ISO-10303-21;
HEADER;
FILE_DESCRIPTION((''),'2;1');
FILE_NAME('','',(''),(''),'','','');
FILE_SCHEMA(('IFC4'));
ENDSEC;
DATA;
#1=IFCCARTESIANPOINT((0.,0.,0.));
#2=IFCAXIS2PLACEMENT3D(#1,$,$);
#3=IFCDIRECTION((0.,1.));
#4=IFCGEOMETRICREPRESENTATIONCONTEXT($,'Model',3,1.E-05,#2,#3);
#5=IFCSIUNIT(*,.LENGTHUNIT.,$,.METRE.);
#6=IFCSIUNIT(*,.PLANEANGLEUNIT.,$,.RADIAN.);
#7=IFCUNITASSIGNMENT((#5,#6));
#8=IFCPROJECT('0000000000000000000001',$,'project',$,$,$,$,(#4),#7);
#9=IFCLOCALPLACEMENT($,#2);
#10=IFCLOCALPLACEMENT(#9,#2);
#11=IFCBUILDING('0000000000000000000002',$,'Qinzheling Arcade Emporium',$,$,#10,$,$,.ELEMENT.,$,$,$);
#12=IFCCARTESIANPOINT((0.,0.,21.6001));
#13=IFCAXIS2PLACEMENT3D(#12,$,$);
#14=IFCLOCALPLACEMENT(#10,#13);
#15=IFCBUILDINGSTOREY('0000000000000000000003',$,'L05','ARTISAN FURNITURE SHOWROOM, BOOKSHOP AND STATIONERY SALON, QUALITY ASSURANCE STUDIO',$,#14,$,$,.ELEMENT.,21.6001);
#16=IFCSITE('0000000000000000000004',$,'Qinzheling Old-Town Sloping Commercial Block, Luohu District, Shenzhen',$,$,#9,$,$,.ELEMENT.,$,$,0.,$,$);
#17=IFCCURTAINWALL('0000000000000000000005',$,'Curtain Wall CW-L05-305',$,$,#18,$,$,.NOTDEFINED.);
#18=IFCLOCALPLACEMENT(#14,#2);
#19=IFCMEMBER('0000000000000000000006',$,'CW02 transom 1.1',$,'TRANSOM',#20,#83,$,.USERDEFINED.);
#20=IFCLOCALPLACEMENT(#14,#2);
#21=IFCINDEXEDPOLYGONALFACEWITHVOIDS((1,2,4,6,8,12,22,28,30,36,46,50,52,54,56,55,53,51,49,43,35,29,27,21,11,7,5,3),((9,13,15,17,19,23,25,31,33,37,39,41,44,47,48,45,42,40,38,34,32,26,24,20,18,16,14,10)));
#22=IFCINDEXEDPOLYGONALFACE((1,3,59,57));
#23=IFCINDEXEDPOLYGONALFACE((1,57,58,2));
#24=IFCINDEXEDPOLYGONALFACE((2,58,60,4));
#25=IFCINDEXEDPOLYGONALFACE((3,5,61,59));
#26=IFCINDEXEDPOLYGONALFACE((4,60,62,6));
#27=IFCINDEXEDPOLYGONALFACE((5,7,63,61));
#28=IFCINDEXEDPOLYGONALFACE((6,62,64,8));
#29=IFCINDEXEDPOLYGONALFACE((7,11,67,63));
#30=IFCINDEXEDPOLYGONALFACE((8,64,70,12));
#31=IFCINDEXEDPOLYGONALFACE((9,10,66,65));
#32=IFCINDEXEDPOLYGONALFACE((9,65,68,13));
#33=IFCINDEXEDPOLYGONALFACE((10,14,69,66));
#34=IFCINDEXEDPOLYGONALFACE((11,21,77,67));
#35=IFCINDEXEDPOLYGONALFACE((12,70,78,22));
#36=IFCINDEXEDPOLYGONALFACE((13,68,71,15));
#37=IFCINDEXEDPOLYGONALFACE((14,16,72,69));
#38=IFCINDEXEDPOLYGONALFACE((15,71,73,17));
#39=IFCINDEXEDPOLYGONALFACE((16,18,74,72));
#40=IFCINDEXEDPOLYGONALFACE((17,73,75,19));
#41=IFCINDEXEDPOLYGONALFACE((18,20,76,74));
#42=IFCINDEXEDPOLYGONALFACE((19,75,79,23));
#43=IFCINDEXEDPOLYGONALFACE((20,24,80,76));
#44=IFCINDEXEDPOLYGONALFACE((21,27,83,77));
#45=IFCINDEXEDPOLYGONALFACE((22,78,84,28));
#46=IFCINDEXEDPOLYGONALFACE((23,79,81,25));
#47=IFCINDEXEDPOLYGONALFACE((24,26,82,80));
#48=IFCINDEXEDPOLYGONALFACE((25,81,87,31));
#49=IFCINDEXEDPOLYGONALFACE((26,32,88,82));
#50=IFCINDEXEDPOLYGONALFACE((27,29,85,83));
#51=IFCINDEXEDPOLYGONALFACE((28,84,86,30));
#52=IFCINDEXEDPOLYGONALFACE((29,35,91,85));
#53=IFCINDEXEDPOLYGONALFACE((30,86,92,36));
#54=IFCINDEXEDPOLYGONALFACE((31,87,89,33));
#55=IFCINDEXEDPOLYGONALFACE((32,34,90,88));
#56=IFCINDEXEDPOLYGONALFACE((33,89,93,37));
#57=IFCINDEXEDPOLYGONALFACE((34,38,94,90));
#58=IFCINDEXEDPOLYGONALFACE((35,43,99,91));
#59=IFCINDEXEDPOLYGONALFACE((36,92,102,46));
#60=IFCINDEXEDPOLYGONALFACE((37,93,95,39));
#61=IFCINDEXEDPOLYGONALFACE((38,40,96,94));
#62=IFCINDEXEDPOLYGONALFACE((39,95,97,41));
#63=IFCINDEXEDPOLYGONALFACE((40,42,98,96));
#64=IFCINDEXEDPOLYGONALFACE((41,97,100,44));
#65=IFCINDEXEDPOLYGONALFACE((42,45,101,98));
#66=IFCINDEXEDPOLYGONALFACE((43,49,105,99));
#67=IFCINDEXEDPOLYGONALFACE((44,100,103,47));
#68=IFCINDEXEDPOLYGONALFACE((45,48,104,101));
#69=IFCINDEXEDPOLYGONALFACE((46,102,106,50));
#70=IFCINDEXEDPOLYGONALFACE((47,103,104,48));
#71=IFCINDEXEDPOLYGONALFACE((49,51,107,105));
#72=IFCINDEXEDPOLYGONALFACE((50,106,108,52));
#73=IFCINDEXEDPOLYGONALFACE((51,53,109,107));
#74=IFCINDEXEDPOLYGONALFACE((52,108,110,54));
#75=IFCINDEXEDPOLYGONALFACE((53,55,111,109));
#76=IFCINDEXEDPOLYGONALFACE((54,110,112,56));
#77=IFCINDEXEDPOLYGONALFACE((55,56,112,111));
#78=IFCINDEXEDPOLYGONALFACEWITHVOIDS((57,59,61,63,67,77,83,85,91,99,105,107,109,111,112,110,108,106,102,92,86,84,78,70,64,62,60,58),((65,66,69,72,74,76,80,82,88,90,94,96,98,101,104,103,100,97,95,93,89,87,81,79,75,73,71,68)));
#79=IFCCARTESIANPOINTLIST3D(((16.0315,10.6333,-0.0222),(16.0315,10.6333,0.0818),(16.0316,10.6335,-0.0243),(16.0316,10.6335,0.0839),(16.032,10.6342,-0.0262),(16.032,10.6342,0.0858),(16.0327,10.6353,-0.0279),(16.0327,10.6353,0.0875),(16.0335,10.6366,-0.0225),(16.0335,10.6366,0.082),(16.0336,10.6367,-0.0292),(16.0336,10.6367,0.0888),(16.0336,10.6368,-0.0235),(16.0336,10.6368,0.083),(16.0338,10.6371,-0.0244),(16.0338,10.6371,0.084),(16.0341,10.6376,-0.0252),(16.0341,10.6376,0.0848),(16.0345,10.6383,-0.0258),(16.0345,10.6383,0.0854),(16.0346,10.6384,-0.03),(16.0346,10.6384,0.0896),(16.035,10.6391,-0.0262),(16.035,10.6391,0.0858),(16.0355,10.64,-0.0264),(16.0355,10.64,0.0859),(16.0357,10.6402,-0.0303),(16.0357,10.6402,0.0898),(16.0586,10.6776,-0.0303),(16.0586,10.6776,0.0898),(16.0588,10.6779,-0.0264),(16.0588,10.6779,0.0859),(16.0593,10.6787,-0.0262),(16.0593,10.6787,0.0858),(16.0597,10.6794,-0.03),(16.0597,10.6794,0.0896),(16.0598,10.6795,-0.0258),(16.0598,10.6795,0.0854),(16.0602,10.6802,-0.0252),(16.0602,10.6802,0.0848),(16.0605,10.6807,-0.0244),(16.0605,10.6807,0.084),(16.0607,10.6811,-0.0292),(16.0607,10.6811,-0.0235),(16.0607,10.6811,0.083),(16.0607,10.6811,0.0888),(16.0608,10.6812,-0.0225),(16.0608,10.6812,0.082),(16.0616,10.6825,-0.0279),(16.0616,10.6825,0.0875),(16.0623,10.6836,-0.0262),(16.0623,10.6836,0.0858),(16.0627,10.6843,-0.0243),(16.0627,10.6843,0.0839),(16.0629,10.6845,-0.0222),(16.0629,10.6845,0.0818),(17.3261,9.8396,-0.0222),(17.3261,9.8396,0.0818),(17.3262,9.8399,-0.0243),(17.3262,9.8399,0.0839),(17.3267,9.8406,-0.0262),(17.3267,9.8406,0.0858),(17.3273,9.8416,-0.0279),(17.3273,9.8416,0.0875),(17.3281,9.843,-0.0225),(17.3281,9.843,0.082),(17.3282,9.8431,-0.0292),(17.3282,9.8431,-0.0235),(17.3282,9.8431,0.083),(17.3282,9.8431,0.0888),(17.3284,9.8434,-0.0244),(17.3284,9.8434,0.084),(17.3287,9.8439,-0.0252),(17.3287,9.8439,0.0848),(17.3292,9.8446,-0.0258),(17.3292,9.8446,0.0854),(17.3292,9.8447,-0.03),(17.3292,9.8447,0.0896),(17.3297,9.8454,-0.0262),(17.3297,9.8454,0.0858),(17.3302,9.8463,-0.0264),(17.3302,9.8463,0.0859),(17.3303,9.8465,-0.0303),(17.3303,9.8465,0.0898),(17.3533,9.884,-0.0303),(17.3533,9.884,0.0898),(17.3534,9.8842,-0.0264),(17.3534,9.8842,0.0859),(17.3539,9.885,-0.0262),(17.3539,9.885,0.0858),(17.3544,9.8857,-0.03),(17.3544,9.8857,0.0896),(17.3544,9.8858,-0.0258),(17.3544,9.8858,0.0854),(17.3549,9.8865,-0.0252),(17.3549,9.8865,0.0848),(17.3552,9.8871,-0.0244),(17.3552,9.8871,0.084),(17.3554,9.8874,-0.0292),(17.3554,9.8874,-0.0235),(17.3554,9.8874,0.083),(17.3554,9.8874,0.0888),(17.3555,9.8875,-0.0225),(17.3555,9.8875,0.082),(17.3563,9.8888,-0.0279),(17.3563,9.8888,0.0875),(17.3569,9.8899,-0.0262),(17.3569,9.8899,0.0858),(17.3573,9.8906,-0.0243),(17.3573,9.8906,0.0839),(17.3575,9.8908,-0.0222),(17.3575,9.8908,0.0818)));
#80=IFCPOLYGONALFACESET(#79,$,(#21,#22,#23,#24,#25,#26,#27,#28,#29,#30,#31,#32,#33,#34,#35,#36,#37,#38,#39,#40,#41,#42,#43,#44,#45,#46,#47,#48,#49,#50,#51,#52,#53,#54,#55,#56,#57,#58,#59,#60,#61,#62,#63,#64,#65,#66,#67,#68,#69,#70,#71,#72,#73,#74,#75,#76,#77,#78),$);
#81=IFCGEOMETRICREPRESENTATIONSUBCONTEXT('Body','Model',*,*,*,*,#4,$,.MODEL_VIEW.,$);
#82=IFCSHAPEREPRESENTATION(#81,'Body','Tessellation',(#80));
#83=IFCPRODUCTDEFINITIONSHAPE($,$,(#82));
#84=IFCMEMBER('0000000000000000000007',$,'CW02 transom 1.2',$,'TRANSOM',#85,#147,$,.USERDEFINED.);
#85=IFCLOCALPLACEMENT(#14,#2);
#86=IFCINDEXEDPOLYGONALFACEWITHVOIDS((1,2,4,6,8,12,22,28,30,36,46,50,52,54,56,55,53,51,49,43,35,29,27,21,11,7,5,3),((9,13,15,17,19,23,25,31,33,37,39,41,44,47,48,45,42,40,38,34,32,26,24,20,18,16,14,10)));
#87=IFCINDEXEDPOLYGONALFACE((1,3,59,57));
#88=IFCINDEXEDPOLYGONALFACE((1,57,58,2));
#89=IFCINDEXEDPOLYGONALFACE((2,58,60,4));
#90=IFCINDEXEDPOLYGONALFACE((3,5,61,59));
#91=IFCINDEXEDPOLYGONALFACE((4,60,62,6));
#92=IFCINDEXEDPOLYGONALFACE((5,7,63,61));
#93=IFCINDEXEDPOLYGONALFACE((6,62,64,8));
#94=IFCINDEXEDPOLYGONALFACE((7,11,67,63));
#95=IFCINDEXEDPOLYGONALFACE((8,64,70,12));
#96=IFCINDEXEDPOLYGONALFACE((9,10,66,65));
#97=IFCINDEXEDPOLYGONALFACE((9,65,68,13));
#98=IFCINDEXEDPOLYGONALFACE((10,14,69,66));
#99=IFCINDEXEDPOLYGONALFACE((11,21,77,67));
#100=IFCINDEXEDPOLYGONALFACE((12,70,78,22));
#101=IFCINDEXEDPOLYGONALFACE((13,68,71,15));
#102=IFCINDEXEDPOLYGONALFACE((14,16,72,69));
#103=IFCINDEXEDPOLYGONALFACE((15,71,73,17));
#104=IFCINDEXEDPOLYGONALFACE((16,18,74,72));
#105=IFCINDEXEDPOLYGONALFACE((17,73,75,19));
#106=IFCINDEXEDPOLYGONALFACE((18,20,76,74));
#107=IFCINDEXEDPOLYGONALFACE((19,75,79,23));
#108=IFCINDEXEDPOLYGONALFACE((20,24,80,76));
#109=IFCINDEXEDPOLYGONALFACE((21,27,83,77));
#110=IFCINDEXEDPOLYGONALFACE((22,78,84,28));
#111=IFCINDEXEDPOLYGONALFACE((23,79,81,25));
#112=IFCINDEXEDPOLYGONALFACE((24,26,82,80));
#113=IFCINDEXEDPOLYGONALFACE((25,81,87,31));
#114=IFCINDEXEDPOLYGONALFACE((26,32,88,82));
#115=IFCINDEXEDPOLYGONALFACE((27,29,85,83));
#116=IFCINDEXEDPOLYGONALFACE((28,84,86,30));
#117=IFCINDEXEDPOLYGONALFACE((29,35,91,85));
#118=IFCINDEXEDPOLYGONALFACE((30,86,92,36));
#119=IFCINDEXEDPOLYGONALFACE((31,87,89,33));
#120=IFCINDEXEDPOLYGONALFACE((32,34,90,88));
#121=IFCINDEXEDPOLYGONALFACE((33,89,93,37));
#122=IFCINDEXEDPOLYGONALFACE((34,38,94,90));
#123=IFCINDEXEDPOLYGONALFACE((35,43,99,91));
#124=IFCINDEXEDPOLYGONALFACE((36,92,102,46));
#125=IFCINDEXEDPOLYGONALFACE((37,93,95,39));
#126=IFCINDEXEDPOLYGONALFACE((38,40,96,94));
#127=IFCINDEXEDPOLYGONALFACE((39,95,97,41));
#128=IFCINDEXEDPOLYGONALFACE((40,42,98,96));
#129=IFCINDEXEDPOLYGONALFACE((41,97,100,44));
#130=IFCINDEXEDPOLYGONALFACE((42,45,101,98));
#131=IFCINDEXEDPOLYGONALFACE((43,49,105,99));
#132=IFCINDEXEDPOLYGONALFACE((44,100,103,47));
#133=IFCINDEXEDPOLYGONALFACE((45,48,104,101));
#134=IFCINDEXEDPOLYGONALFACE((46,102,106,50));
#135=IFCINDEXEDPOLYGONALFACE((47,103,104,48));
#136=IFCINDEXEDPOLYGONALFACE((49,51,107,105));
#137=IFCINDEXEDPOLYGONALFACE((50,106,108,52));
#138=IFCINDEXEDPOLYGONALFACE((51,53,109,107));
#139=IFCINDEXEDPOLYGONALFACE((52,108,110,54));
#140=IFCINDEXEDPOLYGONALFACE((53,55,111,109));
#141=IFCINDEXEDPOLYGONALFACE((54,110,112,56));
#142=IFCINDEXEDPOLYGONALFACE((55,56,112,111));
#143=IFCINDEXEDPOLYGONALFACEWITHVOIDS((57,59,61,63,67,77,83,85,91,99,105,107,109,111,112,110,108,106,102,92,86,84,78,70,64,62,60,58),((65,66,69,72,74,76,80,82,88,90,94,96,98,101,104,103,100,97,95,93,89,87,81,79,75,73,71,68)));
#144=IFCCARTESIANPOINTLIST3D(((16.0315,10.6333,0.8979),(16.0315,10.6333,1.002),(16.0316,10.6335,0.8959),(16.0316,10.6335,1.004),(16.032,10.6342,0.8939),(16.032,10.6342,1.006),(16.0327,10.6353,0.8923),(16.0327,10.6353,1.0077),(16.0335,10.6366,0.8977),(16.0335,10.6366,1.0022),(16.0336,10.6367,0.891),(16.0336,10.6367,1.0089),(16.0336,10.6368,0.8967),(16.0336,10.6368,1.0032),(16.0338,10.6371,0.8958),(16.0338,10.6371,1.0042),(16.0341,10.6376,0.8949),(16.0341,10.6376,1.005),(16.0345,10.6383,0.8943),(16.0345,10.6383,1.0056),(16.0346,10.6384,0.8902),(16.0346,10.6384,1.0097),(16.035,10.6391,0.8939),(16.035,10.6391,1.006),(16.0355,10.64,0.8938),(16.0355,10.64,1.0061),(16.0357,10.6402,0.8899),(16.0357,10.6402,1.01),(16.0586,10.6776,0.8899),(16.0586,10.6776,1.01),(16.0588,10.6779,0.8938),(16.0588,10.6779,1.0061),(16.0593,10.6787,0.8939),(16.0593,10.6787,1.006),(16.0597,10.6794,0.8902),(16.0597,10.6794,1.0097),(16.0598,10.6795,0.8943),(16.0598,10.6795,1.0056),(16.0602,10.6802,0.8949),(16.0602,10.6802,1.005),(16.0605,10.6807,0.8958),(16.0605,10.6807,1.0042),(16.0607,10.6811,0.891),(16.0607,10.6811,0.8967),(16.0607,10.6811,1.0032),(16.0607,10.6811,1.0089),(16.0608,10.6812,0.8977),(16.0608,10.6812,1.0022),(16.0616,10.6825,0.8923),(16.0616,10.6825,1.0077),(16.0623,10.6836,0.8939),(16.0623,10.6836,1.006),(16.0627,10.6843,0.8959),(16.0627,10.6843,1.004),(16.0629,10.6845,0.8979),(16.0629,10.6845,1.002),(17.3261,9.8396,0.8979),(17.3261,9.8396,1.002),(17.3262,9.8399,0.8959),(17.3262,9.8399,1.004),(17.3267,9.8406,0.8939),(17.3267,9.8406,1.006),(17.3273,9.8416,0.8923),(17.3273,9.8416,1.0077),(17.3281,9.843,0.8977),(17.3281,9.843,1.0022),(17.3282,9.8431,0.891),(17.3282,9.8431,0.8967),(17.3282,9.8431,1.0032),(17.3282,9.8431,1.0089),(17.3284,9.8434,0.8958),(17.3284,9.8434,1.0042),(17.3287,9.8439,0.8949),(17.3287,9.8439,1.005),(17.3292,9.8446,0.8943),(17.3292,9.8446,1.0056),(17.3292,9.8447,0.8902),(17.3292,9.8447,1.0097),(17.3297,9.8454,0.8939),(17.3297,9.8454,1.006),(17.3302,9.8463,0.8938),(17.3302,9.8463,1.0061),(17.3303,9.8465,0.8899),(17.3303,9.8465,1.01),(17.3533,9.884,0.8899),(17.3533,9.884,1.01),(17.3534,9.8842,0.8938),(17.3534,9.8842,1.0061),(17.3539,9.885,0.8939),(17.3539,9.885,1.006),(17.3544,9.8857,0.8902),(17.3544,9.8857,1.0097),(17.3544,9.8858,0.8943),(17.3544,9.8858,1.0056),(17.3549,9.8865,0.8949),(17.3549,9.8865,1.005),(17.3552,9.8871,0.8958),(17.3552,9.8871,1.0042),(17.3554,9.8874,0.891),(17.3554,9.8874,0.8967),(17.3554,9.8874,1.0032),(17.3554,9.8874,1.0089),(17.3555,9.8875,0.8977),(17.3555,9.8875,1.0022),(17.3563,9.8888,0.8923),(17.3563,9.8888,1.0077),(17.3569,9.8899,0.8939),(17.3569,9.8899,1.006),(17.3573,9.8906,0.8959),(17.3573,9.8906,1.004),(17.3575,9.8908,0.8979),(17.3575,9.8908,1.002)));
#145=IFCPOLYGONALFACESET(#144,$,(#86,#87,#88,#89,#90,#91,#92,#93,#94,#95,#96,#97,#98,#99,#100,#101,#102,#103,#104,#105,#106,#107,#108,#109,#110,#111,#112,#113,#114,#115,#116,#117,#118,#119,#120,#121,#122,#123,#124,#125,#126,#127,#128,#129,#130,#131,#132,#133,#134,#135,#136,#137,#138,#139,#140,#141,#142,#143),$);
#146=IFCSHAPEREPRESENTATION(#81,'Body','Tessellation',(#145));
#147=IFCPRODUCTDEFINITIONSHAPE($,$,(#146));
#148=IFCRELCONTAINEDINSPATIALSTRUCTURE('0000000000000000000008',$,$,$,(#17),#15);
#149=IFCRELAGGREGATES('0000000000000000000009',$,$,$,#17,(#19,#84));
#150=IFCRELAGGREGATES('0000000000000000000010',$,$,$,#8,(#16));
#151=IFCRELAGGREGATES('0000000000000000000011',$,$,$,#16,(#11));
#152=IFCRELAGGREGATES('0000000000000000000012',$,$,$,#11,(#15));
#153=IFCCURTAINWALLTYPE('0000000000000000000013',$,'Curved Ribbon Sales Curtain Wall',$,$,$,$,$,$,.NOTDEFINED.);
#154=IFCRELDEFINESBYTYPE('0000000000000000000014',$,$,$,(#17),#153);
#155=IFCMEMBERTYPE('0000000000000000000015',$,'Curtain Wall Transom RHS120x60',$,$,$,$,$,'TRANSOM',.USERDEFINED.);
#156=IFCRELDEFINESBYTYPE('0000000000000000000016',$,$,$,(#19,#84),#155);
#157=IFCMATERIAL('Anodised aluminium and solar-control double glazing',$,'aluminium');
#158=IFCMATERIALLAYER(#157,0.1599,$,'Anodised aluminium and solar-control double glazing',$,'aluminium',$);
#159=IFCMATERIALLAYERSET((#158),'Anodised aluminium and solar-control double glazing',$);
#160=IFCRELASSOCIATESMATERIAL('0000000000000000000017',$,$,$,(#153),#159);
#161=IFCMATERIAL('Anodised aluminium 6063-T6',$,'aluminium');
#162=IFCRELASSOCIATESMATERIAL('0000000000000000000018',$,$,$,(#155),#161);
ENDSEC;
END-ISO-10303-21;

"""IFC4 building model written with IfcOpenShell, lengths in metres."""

from ifc_helpers import new_model, si_unit, direction, frame, origin, origin_2d, place, context, subcontext, project, spatial, hollow_rectangle, extrude, material, layer, layer_set, material_profile, profile_set, type_object, element, aggregate, save


model = new_model("IFC4")

# Units and contexts
model_context = context("Model", 3, precision=1e-05, world=origin(), true_north=direction((0.0, 1.0)))
body_context = subcontext(model_context, "Body", "Model", "MODEL_VIEW")
ifc_project = project(units=[si_unit("LENGTHUNIT", "METRE"), si_unit("PLANEANGLEUNIT", "RADIAN")], contexts=[model_context])

# Site, building, storey
site_placement = place(None, origin())
site = spatial("IfcSite", under=ifc_project, at=site_placement, Name="Qinzheling Old-Town Sloping Commercial Block, Luohu District, Shenzhen", CompositionType="ELEMENT", RefElevation=0.0)
building_placement = place(site_placement, origin())
building = spatial("IfcBuilding", under=site, at=building_placement, Name="Qinzheling Arcade Emporium", CompositionType="ELEMENT")
storey_placement = place(building_placement, frame((0.0, 0.0, 21.6001)))
storey = spatial("IfcBuildingStorey", under=building, at=storey_placement, Name="L05", Description="ARTISAN FURNITURE SHOWROOM, BOOKSHOP AND STATIONERY SALON, QUALITY ASSURANCE STUDIO", CompositionType="ELEMENT", Elevation=21.6001)

# Shared definitions
ifc_material_1 = material(Name="Anodised aluminium and solar-control double glazing", Category="aluminium")
ifc_layer_1 = layer(ifc_material_1, 0.1599, Name="Anodised aluminium and solar-control double glazing", Category="aluminium")
ifc_layer_set_1 = layer_set([ifc_layer_1], Name="Anodised aluminium and solar-control double glazing")
curtain_wall_type = type_object("IfcCurtainWallType", Name="Curved Ribbon Sales Curtain Wall", PredefinedType="NOTDEFINED", material=ifc_layer_set_1)
ifc_material_2 = material(Name="Anodised aluminium 6063-T6", Category="aluminium")

# Curtain wall
curtain_wall_1_placement = place(storey_placement, origin())
curtain_wall_1 = element("IfcCurtainWall", 1, at=curtain_wall_1_placement, inside=storey, type_object=curtain_wall_type, Name="Curtain Wall CW-L05-305", PredefinedType="NOTDEFINED")

# Members
ifc_material_profile_1 = material_profile(ifc_material_2, hollow_rectangle(XDim=0.0601, YDim=0.1201, WallThickness=0.0039, InnerFilletRadius=0.0039, OuterFilletRadius=0.0081, at=origin_2d()), Name="RHS 120x60x4", Category="aluminium")
ifc_profile_set_1 = profile_set([ifc_material_profile_1], Name="Anodised aluminium 6063-T6")
member_type_1 = type_object("IfcMemberType", Name="Curtain Wall Transom RHS120x60", ElementType="TRANSOM", PredefinedType="USERDEFINED", material=ifc_profile_set_1)
member_1_placement = place(storey_placement, frame((17.3418, 9.8652, 0.0298), z_axis=(-0.852546, 0.522653, 0.0), x_axis=(-0.522653, -0.852546, 0.0)))
member_1 = element("IfcMember", 2, at=member_1_placement, type_object=member_type_1, Name="CW02 transom 1.1", ObjectType="TRANSOM", PredefinedType="USERDEFINED", context=body_context, shape_type="SweptSolid", body=[
    extrude(hollow_rectangle(XDim=0.0601, YDim=0.1201, WallThickness=0.0039, InnerFilletRadius=0.0039, OuterFilletRadius=0.0081, at=origin_2d()), origin(), (0.0, 0.0, 1.0), 1.5186),
])
member_2_placement = place(storey_placement, frame((17.3418, 9.8652, 0.95), z_axis=(-0.852546, 0.522653, 0.0), x_axis=(-0.522653, -0.852546, 0.0)))
member_2 = element("IfcMember", 3, at=member_2_placement, type_object=member_type_1, Name="CW02 transom 1.2", ObjectType="TRANSOM", PredefinedType="USERDEFINED", context=body_context, shape_type="SweptSolid", body=[
    extrude(hollow_rectangle(XDim=0.0601, YDim=0.1201, WallThickness=0.0039, InnerFilletRadius=0.0039, OuterFilletRadius=0.0081, at=origin_2d()), origin(), (0.0, 0.0, 1.0), 1.5186),
])

aggregate(curtain_wall_1, [member_1, member_2])

save(model, "model.ifc")
